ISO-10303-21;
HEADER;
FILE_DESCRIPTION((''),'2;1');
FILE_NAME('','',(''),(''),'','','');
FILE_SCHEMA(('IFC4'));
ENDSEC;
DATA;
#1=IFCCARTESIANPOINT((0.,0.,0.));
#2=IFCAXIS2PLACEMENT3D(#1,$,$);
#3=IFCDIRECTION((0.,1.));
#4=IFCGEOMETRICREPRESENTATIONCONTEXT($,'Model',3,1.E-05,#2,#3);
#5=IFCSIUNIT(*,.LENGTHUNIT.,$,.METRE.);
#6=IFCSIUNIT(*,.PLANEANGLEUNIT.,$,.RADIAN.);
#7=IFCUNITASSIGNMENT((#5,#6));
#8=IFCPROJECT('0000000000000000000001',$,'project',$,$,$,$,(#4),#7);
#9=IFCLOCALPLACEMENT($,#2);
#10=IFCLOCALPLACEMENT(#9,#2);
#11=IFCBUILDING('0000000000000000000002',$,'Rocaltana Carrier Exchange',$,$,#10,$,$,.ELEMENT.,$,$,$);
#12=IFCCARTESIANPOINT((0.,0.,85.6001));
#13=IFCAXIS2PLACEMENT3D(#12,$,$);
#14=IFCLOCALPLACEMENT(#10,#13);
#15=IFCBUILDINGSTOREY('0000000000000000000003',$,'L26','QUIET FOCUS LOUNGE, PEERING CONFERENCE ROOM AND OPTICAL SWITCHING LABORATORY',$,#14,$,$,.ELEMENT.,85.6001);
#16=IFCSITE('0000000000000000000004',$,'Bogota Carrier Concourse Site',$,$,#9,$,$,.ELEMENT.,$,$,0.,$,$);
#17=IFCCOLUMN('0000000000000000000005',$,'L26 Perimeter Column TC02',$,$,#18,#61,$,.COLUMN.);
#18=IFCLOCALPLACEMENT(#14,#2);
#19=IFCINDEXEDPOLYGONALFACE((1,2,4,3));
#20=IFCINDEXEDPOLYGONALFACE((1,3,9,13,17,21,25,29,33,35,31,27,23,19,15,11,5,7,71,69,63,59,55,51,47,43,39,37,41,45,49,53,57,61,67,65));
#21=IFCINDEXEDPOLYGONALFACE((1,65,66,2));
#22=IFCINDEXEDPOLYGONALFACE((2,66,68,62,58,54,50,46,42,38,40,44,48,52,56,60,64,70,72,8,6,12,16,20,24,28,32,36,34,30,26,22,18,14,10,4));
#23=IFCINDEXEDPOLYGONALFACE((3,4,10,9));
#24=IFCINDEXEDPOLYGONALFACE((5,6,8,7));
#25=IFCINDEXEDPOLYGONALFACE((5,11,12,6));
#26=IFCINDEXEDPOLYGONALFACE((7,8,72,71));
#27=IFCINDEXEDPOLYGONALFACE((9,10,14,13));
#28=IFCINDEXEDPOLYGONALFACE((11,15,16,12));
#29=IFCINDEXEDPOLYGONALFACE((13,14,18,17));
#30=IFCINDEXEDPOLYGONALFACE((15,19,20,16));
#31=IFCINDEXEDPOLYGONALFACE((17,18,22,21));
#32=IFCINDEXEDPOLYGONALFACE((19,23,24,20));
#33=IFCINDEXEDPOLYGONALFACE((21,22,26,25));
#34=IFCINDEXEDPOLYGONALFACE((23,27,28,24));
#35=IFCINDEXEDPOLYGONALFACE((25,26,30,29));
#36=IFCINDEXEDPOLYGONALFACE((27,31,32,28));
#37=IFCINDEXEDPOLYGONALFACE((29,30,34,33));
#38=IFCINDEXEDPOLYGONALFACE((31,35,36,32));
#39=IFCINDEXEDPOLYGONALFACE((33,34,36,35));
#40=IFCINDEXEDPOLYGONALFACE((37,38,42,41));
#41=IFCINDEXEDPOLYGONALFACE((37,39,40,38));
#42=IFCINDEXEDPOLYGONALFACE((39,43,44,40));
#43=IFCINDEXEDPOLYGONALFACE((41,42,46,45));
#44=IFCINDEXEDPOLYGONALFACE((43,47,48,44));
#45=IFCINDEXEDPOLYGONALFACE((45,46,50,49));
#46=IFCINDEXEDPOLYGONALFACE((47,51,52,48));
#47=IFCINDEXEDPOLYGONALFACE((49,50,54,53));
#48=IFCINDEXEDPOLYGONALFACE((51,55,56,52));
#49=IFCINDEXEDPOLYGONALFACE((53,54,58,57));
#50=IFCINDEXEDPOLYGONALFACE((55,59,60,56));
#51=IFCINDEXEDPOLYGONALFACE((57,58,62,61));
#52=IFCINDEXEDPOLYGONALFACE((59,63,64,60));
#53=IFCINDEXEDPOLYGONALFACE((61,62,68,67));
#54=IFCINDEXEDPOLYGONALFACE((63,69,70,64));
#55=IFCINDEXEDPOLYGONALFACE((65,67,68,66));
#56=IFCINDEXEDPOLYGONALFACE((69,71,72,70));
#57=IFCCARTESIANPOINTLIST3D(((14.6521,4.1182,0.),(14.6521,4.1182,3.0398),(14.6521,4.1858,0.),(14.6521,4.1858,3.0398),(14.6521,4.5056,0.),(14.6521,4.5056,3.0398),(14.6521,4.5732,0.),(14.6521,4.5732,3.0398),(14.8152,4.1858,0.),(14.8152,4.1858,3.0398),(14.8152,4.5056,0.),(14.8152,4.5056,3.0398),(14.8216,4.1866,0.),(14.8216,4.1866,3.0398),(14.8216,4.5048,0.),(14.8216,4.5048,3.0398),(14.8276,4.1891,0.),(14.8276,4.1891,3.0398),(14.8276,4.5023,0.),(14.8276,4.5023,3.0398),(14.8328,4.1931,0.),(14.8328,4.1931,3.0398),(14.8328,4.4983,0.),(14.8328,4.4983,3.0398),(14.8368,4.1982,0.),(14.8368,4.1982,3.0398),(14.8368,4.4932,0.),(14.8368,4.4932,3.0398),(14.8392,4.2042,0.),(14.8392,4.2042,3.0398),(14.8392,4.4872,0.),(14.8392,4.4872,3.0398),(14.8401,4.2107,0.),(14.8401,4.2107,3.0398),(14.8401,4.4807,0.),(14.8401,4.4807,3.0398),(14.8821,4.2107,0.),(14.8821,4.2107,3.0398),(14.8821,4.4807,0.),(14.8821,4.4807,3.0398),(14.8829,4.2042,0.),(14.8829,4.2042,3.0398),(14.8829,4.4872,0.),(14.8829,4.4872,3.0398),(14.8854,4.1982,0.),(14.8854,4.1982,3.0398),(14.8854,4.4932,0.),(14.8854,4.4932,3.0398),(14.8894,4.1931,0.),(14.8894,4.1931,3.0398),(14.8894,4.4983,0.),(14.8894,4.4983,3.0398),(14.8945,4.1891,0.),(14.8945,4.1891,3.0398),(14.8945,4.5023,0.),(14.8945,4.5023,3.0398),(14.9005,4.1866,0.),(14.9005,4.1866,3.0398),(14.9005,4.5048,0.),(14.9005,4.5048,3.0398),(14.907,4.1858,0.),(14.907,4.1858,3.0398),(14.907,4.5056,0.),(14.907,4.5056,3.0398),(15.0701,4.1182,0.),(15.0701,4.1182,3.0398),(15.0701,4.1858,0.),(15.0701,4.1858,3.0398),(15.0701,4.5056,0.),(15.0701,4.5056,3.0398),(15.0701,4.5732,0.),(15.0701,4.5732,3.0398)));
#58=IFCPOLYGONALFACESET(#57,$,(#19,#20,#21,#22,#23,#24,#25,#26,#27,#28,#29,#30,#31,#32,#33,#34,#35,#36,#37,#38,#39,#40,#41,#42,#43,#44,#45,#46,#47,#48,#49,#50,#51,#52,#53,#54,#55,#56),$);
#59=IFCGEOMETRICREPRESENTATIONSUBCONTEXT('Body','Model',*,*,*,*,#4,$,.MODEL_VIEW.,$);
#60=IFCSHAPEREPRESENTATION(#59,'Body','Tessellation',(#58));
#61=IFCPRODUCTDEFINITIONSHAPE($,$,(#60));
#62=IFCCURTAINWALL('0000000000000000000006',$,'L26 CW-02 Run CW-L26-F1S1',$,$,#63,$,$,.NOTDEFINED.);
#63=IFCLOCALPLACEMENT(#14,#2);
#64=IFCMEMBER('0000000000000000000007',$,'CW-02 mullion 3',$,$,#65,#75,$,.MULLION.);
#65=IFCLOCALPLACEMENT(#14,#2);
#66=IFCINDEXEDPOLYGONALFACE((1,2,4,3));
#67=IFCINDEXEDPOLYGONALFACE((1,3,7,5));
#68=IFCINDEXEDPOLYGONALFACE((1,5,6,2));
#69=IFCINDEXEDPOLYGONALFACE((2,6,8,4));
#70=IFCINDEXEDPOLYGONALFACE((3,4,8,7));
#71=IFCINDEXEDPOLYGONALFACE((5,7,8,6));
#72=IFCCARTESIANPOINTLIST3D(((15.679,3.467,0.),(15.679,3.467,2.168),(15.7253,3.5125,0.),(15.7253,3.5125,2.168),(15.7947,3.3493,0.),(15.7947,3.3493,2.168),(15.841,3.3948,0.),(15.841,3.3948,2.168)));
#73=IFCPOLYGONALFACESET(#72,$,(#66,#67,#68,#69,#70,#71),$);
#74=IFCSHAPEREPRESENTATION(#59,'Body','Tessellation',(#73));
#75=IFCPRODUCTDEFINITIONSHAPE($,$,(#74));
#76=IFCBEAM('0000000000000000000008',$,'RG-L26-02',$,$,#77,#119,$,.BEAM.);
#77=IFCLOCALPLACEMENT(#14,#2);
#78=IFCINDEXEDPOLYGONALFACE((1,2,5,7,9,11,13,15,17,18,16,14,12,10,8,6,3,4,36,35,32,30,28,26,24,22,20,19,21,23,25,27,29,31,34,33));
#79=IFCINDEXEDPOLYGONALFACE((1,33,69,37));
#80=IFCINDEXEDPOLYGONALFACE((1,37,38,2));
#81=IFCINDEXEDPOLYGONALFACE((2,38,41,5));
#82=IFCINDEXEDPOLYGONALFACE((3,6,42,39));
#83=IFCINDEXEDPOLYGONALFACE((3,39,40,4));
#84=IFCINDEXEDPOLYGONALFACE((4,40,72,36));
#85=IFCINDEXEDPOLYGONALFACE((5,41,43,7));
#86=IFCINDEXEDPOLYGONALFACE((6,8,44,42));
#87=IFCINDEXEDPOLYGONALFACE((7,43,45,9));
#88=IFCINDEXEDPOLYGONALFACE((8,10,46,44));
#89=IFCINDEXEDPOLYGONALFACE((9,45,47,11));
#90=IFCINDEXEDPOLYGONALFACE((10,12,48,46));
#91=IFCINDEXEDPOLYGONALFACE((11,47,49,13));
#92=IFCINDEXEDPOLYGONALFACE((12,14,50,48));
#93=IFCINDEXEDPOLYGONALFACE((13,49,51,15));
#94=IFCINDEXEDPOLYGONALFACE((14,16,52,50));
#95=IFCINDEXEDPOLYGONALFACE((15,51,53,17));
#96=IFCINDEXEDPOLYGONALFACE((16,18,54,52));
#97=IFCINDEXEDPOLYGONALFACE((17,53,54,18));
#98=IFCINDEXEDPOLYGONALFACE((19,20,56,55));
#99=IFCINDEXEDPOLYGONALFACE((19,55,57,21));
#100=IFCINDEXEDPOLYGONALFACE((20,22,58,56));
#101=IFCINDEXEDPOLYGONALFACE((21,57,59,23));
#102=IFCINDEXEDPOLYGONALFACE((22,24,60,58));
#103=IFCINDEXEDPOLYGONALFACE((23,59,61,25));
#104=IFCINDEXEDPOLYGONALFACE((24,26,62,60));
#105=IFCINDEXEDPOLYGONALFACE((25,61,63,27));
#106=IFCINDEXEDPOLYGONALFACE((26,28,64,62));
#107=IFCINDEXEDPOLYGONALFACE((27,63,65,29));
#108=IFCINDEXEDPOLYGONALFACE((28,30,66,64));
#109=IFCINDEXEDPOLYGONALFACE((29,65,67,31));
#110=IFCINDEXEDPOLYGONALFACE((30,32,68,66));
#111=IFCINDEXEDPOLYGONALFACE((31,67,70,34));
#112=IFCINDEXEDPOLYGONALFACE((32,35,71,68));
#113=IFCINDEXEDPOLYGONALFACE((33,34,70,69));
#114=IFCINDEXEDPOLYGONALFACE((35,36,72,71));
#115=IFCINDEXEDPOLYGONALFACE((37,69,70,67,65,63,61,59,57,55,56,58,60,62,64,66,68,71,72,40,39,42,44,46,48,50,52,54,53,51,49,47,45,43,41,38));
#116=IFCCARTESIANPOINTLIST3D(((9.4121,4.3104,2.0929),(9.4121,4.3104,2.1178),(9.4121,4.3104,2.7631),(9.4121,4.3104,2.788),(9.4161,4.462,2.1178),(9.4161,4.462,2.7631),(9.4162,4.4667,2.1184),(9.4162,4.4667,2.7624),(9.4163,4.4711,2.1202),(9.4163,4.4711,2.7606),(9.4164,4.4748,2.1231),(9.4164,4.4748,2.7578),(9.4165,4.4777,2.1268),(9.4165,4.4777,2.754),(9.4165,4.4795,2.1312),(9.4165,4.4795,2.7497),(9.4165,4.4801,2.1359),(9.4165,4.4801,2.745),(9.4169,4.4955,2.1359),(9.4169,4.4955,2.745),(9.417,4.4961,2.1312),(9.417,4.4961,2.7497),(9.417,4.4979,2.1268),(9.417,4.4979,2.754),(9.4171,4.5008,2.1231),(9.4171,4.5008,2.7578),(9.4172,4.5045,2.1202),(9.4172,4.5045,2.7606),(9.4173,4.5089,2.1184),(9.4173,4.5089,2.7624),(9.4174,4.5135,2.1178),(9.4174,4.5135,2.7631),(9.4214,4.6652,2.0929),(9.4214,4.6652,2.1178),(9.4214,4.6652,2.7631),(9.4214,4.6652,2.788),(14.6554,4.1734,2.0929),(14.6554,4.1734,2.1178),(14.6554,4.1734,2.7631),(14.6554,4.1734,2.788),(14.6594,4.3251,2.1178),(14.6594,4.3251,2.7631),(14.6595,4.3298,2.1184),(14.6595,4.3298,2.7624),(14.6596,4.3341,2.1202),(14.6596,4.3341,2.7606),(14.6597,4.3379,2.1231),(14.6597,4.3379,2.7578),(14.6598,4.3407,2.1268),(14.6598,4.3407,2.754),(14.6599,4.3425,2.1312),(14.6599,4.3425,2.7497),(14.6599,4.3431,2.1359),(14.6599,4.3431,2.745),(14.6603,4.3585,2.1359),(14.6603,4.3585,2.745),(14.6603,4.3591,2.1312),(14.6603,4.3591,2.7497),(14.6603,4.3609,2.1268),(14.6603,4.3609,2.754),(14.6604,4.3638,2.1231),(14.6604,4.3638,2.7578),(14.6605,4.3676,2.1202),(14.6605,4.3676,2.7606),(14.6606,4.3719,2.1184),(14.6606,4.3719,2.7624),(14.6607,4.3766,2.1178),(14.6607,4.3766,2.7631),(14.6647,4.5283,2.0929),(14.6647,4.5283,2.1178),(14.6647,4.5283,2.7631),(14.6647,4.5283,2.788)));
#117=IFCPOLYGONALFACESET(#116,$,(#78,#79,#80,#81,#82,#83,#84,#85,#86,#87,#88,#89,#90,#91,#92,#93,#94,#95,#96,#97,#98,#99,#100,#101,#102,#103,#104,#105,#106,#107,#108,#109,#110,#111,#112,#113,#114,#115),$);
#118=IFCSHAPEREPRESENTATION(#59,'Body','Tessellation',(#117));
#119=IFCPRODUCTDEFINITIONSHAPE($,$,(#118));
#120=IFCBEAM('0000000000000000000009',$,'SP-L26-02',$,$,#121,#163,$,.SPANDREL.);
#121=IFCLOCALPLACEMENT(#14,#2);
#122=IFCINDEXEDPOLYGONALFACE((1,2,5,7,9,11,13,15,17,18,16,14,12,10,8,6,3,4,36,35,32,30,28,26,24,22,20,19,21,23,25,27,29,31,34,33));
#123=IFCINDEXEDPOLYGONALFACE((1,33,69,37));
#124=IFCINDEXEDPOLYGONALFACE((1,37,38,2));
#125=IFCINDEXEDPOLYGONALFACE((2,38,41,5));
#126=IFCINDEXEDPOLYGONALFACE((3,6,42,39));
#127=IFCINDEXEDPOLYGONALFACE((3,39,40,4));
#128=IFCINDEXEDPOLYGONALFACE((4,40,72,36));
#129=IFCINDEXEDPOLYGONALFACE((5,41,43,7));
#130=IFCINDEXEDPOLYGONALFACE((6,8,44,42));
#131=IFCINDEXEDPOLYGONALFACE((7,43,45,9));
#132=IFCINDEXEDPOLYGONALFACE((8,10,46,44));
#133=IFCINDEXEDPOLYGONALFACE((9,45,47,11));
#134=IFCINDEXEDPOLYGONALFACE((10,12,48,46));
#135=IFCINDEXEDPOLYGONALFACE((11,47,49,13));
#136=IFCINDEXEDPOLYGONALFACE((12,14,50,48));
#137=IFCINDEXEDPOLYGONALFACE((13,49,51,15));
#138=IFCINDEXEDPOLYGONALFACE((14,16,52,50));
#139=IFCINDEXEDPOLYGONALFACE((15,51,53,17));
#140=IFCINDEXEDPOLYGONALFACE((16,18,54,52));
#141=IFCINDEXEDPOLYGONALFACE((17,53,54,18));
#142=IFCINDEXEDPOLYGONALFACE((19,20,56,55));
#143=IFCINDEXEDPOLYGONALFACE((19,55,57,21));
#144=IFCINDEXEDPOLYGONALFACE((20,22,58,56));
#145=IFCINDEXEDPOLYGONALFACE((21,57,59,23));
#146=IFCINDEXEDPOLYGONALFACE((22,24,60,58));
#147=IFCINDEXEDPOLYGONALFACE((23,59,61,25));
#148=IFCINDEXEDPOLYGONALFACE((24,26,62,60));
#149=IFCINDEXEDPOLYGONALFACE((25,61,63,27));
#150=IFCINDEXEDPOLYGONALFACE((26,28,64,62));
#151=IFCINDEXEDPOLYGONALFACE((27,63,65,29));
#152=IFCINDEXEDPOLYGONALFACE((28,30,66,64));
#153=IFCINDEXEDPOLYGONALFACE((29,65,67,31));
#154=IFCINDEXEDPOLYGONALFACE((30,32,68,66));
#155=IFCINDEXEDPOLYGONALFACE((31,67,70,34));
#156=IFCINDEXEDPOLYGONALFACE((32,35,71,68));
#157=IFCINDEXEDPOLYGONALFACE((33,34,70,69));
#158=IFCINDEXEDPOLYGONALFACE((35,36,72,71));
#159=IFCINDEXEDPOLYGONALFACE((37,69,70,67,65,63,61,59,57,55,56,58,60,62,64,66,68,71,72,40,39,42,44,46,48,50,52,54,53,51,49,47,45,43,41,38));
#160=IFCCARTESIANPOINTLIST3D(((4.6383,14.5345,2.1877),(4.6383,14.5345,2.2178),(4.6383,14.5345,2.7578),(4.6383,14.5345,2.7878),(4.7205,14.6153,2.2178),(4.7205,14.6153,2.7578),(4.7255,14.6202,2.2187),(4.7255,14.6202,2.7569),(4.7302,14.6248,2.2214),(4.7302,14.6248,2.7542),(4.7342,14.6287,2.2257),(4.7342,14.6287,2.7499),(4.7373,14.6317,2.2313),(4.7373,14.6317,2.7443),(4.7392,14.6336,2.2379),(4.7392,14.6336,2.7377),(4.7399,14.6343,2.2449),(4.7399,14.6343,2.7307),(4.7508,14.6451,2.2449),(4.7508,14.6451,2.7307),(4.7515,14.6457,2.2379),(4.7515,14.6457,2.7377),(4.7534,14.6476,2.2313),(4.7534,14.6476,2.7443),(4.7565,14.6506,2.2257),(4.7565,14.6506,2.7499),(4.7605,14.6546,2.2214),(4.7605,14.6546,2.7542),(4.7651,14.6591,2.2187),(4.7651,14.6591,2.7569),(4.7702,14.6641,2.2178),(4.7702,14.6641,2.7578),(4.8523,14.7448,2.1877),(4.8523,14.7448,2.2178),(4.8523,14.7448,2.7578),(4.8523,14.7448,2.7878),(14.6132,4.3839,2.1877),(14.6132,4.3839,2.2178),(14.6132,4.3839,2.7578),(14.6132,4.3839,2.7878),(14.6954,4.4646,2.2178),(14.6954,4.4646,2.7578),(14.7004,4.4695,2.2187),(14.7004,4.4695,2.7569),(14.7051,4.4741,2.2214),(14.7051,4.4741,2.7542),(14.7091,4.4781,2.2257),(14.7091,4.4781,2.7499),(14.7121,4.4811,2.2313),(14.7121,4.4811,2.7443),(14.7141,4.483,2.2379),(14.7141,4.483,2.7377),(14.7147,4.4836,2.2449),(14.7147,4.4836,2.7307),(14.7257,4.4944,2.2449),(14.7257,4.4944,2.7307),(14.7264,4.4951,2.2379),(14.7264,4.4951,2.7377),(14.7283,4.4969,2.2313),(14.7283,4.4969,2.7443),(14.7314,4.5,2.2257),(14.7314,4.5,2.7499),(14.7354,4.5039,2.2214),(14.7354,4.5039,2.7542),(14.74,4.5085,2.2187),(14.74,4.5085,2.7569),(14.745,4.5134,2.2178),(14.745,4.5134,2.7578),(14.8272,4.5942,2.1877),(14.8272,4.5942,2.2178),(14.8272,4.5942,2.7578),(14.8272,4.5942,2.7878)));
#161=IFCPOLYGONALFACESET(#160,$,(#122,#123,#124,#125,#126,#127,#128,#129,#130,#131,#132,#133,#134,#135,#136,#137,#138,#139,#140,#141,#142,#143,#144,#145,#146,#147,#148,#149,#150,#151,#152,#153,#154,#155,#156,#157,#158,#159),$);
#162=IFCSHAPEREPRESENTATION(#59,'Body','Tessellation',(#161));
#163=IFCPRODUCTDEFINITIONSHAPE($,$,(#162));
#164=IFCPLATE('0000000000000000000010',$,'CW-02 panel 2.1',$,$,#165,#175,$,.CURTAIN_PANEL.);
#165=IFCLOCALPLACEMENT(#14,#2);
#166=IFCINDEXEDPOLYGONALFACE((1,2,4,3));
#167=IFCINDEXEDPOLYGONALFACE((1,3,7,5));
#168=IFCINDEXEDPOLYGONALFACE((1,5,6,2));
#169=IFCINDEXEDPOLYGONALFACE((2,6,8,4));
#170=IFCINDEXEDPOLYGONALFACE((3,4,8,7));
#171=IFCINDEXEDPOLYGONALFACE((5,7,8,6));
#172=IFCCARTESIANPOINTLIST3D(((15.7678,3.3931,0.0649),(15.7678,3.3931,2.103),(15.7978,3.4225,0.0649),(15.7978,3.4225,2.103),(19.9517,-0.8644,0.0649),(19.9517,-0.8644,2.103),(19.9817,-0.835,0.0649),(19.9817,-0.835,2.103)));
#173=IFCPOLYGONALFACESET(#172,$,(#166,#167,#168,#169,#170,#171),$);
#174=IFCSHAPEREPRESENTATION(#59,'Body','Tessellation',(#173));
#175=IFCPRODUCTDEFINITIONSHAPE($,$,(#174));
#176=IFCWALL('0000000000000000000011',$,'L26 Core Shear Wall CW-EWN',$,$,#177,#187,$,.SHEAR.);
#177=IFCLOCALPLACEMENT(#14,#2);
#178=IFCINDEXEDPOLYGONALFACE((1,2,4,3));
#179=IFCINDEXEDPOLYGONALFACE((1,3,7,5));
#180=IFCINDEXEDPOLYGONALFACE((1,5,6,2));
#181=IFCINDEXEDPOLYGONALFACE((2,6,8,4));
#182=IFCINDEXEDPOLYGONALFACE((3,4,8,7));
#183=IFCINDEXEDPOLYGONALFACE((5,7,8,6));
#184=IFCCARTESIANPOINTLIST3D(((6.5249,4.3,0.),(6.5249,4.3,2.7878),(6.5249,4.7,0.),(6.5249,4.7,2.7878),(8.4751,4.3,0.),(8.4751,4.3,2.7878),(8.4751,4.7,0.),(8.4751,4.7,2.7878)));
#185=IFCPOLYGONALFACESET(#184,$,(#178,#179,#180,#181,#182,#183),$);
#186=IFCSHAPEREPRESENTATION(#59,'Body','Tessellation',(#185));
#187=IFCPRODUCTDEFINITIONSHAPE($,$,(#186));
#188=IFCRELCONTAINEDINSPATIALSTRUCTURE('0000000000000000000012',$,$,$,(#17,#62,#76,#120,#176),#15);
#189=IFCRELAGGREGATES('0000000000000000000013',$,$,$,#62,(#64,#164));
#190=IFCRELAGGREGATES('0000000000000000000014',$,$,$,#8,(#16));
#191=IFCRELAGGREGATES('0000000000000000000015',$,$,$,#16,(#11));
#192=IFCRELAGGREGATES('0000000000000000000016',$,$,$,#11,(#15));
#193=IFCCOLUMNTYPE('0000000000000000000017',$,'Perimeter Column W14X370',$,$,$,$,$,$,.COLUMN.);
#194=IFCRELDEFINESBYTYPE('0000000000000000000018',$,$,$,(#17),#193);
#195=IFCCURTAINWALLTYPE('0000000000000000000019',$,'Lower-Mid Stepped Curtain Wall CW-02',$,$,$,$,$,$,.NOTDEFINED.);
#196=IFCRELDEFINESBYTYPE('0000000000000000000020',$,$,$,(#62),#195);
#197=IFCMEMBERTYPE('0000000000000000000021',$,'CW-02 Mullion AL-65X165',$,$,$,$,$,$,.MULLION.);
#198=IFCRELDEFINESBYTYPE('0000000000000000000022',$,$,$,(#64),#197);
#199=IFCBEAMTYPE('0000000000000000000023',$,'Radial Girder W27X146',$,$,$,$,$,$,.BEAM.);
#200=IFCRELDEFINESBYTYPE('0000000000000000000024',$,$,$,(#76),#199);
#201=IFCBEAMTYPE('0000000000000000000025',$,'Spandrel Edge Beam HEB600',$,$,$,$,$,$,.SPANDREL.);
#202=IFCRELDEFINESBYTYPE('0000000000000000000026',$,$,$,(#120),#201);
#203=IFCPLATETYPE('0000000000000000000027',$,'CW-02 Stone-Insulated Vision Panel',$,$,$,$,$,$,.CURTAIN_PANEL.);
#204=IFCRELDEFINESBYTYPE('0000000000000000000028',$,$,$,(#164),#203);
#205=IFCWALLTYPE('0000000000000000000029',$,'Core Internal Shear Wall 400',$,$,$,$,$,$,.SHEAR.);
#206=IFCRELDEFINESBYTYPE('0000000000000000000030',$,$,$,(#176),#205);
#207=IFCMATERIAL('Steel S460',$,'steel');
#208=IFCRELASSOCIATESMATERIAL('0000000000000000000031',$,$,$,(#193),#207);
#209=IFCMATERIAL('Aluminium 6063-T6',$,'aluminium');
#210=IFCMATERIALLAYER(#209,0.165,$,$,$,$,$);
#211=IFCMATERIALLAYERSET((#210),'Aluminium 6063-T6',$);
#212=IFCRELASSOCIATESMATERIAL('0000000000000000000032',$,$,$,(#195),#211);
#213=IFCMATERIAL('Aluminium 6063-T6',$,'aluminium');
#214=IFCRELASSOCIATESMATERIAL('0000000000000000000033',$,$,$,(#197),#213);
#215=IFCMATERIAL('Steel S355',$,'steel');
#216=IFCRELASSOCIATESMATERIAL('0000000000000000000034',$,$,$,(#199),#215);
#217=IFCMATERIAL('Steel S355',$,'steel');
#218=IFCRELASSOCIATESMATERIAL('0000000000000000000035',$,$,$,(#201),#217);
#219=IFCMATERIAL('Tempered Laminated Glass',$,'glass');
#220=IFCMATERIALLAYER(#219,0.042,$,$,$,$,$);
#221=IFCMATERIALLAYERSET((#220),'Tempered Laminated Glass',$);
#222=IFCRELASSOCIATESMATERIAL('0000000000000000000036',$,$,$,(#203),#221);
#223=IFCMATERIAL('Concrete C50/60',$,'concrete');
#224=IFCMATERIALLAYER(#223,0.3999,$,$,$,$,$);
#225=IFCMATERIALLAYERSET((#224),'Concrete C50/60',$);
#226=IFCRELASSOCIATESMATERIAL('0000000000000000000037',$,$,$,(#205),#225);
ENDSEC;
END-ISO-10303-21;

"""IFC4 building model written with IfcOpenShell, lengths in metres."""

from ifc_helpers import new_model, si_unit, direction, frame, frame_2d, origin, origin_2d, place, context, subcontext, project, spatial, rectangle, i_section, extrude, material, layer, layer_set, material_profile, profile_set, type_object, element, aggregate, save


model = new_model("IFC4")

# Units and contexts
model_context = context("Model", 3, precision=1e-05, world=origin(), true_north=direction((0.0, 1.0)))
body_context = subcontext(model_context, "Body", "Model", "MODEL_VIEW")
ifc_project = project(units=[si_unit("LENGTHUNIT", "METRE"), si_unit("PLANEANGLEUNIT", "RADIAN")], contexts=[model_context])

# Site, building, storey
site_placement = place(None, origin())
site = spatial("IfcSite", under=ifc_project, at=site_placement, Name="Bogota Carrier Concourse Site", CompositionType="ELEMENT", RefElevation=0.0)
building_placement = place(site_placement, origin())
building = spatial("IfcBuilding", under=site, at=building_placement, Name="Rocaltana Carrier Exchange", CompositionType="ELEMENT")
storey_placement = place(building_placement, frame((0.0, 0.0, 85.6001)))
storey = spatial("IfcBuildingStorey", under=building, at=storey_placement, Name="L26", Description="QUIET FOCUS LOUNGE, PEERING CONFERENCE ROOM AND OPTICAL SWITCHING LABORATORY", CompositionType="ELEMENT", Elevation=85.6001)

# Column
ifc_material_1 = material(Name="Steel S460", Category="steel")
ifc_material_profile_1 = material_profile(ifc_material_1, i_section(OverallWidth=0.418, OverallDepth=0.4551, WebThickness=0.042, FlangeThickness=0.0676, FilletRadius=0.0249, at=origin_2d()), Name="W14X370")
ifc_profile_set_1 = profile_set([ifc_material_profile_1], Name="Steel S460")
column_type_1 = type_object("IfcColumnType", Name="Perimeter Column W14X370", PredefinedType="COLUMN", material=ifc_profile_set_1)
column_placement = place(storey_placement, frame((14.8611, 4.3457, 0.0), z_axis=(0.0, 0.0, 1.0), x_axis=(1.0, 0.0, 0.0)))
element("IfcColumn", 1, at=column_placement, inside=storey, type_object=column_type_1, Name="L26 Perimeter Column TC02", PredefinedType="COLUMN", context=body_context, shape_type="SweptSolid", body=[
    extrude(i_section(OverallWidth=0.418, OverallDepth=0.4551, WebThickness=0.042, FlangeThickness=0.0676, FilletRadius=0.0249, at=origin_2d()), origin(), (0.0, 0.0, 1.0), 3.0398),
])

# Curtain wall, member
ifc_material_2 = material(Name="Aluminium 6063-T6", Category="aluminium")
ifc_layer_1 = layer(ifc_material_2, 0.165)
ifc_layer_set_1 = layer_set([ifc_layer_1], Name="Aluminium 6063-T6")
curtain_wall_type = type_object("IfcCurtainWallType", Name="Lower-Mid Stepped Curtain Wall CW-02", PredefinedType="NOTDEFINED", material=ifc_layer_set_1)
curtain_wall_placement = place(storey_placement, origin())
curtain_wall = element("IfcCurtainWall", 2, at=curtain_wall_placement, inside=storey, type_object=curtain_wall_type, Name="L26 CW-02 Run CW-L26-F1S1", PredefinedType="NOTDEFINED")
ifc_material_3 = material(Name="Aluminium 6063-T6", Category="aluminium")
ifc_material_profile_2 = material_profile(ifc_material_3, rectangle(XDim=0.0649, YDim=0.165, at=origin_2d()), Name="AL-65X165")
ifc_profile_set_2 = profile_set([ifc_material_profile_2], Name="Aluminium 6063-T6")
member_type = type_object("IfcMemberType", Name="CW-02 Mullion AL-65X165", PredefinedType="MULLION", material=ifc_profile_set_2)
member_placement = place(storey_placement, frame((15.76, 3.4309, 0.0), z_axis=(0.0, 0.0, 1.0), x_axis=(-0.713245, -0.700915, 0.0)))
member = element("IfcMember", 3, at=member_placement, type_object=member_type, Name="CW-02 mullion 3", PredefinedType="MULLION", context=body_context, shape_type="SweptSolid", body=[
    extrude(rectangle(XDim=0.0649, YDim=0.165, at=origin_2d()), origin(), (0.0, 0.0, 1.0), 2.168),
])

# Beams
ifc_material_4 = material(Name="Steel S355", Category="steel")
ifc_material_profile_3 = material_profile(ifc_material_4, i_section(OverallWidth=0.355, OverallDepth=0.6951, WebThickness=0.0154, FlangeThickness=0.0249, FilletRadius=0.0181, at=origin_2d()), Name="W27X146")
ifc_profile_set_3 = profile_set([ifc_material_profile_3], Name="Steel S355")
beam_type_1 = type_object("IfcBeamType", Name="Radial Girder W27X146", PredefinedType="BEAM", material=ifc_profile_set_3)
beam_1_placement = place(storey_placement, frame((9.4167, 4.4878, 2.4404), z_axis=(0.999659, -0.026112, 0.0), x_axis=(0.026112, 0.999659, 0.0)))
element("IfcBeam", 4, at=beam_1_placement, inside=storey, type_object=beam_type_1, Name="RG-L26-02", PredefinedType="BEAM", context=body_context, shape_type="SweptSolid", body=[
    extrude(i_section(OverallWidth=0.355, OverallDepth=0.6951, WebThickness=0.0154, FlangeThickness=0.0249, FilletRadius=0.0181, at=origin_2d()), origin(), (0.0, 0.0, 1.0), 5.2451),
])
ifc_material_5 = material(Name="Steel S355", Category="steel")
ifc_material_profile_4 = material_profile(ifc_material_5, i_section(OverallWidth=0.3, OverallDepth=0.6001, WebThickness=0.0154, FlangeThickness=0.03, FilletRadius=0.0271, at=origin_2d()), Name="HEB600")
ifc_profile_set_4 = profile_set([ifc_material_profile_4], Name="Steel S355")
beam_type_2 = type_object("IfcBeamType", Name="Spandrel Edge Beam HEB600", PredefinedType="SPANDREL", material=ifc_profile_set_4)
beam_2_placement = place(storey_placement, frame((14.7202, 4.489, 2.4878), z_axis=(-0.700904, 0.713256, 0.0), x_axis=(-0.713256, -0.700904, 0.0)))
element("IfcBeam", 5, at=beam_2_placement, inside=storey, type_object=beam_type_2, Name="SP-L26-02", PredefinedType="SPANDREL", context=body_context, shape_type="SweptSolid", body=[
    extrude(i_section(OverallWidth=0.3, OverallDepth=0.6001, WebThickness=0.0154, FlangeThickness=0.03, FilletRadius=0.0271, at=origin_2d()), origin(), (0.0, 0.0, 1.0), 14.2314),
])

# Plate
ifc_material_6 = material(Name="Tempered Laminated Glass", Category="glass")
ifc_layer_2 = layer(ifc_material_6, 0.042)
ifc_layer_set_2 = layer_set([ifc_layer_2], Name="Tempered Laminated Glass")
plate_type = type_object("IfcPlateType", Name="CW-02 Stone-Insulated Vision Panel", PredefinedType="CURTAIN_PANEL", material=ifc_layer_set_2)
plate_placement = place(storey_placement, frame((17.8748, 1.2791, 0.0649), z_axis=(0.0, 0.0, 1.0), x_axis=(-0.700915, 0.713245, 0.0)))
plate = element("IfcPlate", 6, at=plate_placement, type_object=plate_type, Name="CW-02 panel 2.1", PredefinedType="CURTAIN_PANEL", context=body_context, shape_type="SweptSolid", body=[
    extrude(rectangle(XDim=5.9692, YDim=0.042, at=origin_2d()), origin(), (0.0, 0.0, 1.0), 2.0381),
])
aggregate(curtain_wall, [member, plate])

# Wall
ifc_material_7 = material(Name="Concrete C50/60", Category="concrete")
ifc_layer_3 = layer(ifc_material_7, 0.3999)
ifc_layer_set_3 = layer_set([ifc_layer_3], Name="Concrete C50/60")
wall_type_1 = type_object("IfcWallType", Name="Core Internal Shear Wall 400", PredefinedType="SHEAR", material=ifc_layer_set_3)
wall_1_placement = place(storey_placement, frame((6.5249, 4.5, 0.0), z_axis=(0.0, 0.0, 1.0), x_axis=(1.0, 0.0, 0.0)))
element("IfcWall", 7, at=wall_1_placement, inside=storey, type_object=wall_type_1, Name="L26 Core Shear Wall CW-EWN", PredefinedType="SHEAR", context=body_context, shape_type="SweptSolid", body=[
    extrude(rectangle(XDim=1.9502, YDim=0.3999, at=frame_2d((0.9751, 0.0))), origin(), (0.0, 0.0, 1.0), 2.7878),
])

save(model, "model.ifc")
